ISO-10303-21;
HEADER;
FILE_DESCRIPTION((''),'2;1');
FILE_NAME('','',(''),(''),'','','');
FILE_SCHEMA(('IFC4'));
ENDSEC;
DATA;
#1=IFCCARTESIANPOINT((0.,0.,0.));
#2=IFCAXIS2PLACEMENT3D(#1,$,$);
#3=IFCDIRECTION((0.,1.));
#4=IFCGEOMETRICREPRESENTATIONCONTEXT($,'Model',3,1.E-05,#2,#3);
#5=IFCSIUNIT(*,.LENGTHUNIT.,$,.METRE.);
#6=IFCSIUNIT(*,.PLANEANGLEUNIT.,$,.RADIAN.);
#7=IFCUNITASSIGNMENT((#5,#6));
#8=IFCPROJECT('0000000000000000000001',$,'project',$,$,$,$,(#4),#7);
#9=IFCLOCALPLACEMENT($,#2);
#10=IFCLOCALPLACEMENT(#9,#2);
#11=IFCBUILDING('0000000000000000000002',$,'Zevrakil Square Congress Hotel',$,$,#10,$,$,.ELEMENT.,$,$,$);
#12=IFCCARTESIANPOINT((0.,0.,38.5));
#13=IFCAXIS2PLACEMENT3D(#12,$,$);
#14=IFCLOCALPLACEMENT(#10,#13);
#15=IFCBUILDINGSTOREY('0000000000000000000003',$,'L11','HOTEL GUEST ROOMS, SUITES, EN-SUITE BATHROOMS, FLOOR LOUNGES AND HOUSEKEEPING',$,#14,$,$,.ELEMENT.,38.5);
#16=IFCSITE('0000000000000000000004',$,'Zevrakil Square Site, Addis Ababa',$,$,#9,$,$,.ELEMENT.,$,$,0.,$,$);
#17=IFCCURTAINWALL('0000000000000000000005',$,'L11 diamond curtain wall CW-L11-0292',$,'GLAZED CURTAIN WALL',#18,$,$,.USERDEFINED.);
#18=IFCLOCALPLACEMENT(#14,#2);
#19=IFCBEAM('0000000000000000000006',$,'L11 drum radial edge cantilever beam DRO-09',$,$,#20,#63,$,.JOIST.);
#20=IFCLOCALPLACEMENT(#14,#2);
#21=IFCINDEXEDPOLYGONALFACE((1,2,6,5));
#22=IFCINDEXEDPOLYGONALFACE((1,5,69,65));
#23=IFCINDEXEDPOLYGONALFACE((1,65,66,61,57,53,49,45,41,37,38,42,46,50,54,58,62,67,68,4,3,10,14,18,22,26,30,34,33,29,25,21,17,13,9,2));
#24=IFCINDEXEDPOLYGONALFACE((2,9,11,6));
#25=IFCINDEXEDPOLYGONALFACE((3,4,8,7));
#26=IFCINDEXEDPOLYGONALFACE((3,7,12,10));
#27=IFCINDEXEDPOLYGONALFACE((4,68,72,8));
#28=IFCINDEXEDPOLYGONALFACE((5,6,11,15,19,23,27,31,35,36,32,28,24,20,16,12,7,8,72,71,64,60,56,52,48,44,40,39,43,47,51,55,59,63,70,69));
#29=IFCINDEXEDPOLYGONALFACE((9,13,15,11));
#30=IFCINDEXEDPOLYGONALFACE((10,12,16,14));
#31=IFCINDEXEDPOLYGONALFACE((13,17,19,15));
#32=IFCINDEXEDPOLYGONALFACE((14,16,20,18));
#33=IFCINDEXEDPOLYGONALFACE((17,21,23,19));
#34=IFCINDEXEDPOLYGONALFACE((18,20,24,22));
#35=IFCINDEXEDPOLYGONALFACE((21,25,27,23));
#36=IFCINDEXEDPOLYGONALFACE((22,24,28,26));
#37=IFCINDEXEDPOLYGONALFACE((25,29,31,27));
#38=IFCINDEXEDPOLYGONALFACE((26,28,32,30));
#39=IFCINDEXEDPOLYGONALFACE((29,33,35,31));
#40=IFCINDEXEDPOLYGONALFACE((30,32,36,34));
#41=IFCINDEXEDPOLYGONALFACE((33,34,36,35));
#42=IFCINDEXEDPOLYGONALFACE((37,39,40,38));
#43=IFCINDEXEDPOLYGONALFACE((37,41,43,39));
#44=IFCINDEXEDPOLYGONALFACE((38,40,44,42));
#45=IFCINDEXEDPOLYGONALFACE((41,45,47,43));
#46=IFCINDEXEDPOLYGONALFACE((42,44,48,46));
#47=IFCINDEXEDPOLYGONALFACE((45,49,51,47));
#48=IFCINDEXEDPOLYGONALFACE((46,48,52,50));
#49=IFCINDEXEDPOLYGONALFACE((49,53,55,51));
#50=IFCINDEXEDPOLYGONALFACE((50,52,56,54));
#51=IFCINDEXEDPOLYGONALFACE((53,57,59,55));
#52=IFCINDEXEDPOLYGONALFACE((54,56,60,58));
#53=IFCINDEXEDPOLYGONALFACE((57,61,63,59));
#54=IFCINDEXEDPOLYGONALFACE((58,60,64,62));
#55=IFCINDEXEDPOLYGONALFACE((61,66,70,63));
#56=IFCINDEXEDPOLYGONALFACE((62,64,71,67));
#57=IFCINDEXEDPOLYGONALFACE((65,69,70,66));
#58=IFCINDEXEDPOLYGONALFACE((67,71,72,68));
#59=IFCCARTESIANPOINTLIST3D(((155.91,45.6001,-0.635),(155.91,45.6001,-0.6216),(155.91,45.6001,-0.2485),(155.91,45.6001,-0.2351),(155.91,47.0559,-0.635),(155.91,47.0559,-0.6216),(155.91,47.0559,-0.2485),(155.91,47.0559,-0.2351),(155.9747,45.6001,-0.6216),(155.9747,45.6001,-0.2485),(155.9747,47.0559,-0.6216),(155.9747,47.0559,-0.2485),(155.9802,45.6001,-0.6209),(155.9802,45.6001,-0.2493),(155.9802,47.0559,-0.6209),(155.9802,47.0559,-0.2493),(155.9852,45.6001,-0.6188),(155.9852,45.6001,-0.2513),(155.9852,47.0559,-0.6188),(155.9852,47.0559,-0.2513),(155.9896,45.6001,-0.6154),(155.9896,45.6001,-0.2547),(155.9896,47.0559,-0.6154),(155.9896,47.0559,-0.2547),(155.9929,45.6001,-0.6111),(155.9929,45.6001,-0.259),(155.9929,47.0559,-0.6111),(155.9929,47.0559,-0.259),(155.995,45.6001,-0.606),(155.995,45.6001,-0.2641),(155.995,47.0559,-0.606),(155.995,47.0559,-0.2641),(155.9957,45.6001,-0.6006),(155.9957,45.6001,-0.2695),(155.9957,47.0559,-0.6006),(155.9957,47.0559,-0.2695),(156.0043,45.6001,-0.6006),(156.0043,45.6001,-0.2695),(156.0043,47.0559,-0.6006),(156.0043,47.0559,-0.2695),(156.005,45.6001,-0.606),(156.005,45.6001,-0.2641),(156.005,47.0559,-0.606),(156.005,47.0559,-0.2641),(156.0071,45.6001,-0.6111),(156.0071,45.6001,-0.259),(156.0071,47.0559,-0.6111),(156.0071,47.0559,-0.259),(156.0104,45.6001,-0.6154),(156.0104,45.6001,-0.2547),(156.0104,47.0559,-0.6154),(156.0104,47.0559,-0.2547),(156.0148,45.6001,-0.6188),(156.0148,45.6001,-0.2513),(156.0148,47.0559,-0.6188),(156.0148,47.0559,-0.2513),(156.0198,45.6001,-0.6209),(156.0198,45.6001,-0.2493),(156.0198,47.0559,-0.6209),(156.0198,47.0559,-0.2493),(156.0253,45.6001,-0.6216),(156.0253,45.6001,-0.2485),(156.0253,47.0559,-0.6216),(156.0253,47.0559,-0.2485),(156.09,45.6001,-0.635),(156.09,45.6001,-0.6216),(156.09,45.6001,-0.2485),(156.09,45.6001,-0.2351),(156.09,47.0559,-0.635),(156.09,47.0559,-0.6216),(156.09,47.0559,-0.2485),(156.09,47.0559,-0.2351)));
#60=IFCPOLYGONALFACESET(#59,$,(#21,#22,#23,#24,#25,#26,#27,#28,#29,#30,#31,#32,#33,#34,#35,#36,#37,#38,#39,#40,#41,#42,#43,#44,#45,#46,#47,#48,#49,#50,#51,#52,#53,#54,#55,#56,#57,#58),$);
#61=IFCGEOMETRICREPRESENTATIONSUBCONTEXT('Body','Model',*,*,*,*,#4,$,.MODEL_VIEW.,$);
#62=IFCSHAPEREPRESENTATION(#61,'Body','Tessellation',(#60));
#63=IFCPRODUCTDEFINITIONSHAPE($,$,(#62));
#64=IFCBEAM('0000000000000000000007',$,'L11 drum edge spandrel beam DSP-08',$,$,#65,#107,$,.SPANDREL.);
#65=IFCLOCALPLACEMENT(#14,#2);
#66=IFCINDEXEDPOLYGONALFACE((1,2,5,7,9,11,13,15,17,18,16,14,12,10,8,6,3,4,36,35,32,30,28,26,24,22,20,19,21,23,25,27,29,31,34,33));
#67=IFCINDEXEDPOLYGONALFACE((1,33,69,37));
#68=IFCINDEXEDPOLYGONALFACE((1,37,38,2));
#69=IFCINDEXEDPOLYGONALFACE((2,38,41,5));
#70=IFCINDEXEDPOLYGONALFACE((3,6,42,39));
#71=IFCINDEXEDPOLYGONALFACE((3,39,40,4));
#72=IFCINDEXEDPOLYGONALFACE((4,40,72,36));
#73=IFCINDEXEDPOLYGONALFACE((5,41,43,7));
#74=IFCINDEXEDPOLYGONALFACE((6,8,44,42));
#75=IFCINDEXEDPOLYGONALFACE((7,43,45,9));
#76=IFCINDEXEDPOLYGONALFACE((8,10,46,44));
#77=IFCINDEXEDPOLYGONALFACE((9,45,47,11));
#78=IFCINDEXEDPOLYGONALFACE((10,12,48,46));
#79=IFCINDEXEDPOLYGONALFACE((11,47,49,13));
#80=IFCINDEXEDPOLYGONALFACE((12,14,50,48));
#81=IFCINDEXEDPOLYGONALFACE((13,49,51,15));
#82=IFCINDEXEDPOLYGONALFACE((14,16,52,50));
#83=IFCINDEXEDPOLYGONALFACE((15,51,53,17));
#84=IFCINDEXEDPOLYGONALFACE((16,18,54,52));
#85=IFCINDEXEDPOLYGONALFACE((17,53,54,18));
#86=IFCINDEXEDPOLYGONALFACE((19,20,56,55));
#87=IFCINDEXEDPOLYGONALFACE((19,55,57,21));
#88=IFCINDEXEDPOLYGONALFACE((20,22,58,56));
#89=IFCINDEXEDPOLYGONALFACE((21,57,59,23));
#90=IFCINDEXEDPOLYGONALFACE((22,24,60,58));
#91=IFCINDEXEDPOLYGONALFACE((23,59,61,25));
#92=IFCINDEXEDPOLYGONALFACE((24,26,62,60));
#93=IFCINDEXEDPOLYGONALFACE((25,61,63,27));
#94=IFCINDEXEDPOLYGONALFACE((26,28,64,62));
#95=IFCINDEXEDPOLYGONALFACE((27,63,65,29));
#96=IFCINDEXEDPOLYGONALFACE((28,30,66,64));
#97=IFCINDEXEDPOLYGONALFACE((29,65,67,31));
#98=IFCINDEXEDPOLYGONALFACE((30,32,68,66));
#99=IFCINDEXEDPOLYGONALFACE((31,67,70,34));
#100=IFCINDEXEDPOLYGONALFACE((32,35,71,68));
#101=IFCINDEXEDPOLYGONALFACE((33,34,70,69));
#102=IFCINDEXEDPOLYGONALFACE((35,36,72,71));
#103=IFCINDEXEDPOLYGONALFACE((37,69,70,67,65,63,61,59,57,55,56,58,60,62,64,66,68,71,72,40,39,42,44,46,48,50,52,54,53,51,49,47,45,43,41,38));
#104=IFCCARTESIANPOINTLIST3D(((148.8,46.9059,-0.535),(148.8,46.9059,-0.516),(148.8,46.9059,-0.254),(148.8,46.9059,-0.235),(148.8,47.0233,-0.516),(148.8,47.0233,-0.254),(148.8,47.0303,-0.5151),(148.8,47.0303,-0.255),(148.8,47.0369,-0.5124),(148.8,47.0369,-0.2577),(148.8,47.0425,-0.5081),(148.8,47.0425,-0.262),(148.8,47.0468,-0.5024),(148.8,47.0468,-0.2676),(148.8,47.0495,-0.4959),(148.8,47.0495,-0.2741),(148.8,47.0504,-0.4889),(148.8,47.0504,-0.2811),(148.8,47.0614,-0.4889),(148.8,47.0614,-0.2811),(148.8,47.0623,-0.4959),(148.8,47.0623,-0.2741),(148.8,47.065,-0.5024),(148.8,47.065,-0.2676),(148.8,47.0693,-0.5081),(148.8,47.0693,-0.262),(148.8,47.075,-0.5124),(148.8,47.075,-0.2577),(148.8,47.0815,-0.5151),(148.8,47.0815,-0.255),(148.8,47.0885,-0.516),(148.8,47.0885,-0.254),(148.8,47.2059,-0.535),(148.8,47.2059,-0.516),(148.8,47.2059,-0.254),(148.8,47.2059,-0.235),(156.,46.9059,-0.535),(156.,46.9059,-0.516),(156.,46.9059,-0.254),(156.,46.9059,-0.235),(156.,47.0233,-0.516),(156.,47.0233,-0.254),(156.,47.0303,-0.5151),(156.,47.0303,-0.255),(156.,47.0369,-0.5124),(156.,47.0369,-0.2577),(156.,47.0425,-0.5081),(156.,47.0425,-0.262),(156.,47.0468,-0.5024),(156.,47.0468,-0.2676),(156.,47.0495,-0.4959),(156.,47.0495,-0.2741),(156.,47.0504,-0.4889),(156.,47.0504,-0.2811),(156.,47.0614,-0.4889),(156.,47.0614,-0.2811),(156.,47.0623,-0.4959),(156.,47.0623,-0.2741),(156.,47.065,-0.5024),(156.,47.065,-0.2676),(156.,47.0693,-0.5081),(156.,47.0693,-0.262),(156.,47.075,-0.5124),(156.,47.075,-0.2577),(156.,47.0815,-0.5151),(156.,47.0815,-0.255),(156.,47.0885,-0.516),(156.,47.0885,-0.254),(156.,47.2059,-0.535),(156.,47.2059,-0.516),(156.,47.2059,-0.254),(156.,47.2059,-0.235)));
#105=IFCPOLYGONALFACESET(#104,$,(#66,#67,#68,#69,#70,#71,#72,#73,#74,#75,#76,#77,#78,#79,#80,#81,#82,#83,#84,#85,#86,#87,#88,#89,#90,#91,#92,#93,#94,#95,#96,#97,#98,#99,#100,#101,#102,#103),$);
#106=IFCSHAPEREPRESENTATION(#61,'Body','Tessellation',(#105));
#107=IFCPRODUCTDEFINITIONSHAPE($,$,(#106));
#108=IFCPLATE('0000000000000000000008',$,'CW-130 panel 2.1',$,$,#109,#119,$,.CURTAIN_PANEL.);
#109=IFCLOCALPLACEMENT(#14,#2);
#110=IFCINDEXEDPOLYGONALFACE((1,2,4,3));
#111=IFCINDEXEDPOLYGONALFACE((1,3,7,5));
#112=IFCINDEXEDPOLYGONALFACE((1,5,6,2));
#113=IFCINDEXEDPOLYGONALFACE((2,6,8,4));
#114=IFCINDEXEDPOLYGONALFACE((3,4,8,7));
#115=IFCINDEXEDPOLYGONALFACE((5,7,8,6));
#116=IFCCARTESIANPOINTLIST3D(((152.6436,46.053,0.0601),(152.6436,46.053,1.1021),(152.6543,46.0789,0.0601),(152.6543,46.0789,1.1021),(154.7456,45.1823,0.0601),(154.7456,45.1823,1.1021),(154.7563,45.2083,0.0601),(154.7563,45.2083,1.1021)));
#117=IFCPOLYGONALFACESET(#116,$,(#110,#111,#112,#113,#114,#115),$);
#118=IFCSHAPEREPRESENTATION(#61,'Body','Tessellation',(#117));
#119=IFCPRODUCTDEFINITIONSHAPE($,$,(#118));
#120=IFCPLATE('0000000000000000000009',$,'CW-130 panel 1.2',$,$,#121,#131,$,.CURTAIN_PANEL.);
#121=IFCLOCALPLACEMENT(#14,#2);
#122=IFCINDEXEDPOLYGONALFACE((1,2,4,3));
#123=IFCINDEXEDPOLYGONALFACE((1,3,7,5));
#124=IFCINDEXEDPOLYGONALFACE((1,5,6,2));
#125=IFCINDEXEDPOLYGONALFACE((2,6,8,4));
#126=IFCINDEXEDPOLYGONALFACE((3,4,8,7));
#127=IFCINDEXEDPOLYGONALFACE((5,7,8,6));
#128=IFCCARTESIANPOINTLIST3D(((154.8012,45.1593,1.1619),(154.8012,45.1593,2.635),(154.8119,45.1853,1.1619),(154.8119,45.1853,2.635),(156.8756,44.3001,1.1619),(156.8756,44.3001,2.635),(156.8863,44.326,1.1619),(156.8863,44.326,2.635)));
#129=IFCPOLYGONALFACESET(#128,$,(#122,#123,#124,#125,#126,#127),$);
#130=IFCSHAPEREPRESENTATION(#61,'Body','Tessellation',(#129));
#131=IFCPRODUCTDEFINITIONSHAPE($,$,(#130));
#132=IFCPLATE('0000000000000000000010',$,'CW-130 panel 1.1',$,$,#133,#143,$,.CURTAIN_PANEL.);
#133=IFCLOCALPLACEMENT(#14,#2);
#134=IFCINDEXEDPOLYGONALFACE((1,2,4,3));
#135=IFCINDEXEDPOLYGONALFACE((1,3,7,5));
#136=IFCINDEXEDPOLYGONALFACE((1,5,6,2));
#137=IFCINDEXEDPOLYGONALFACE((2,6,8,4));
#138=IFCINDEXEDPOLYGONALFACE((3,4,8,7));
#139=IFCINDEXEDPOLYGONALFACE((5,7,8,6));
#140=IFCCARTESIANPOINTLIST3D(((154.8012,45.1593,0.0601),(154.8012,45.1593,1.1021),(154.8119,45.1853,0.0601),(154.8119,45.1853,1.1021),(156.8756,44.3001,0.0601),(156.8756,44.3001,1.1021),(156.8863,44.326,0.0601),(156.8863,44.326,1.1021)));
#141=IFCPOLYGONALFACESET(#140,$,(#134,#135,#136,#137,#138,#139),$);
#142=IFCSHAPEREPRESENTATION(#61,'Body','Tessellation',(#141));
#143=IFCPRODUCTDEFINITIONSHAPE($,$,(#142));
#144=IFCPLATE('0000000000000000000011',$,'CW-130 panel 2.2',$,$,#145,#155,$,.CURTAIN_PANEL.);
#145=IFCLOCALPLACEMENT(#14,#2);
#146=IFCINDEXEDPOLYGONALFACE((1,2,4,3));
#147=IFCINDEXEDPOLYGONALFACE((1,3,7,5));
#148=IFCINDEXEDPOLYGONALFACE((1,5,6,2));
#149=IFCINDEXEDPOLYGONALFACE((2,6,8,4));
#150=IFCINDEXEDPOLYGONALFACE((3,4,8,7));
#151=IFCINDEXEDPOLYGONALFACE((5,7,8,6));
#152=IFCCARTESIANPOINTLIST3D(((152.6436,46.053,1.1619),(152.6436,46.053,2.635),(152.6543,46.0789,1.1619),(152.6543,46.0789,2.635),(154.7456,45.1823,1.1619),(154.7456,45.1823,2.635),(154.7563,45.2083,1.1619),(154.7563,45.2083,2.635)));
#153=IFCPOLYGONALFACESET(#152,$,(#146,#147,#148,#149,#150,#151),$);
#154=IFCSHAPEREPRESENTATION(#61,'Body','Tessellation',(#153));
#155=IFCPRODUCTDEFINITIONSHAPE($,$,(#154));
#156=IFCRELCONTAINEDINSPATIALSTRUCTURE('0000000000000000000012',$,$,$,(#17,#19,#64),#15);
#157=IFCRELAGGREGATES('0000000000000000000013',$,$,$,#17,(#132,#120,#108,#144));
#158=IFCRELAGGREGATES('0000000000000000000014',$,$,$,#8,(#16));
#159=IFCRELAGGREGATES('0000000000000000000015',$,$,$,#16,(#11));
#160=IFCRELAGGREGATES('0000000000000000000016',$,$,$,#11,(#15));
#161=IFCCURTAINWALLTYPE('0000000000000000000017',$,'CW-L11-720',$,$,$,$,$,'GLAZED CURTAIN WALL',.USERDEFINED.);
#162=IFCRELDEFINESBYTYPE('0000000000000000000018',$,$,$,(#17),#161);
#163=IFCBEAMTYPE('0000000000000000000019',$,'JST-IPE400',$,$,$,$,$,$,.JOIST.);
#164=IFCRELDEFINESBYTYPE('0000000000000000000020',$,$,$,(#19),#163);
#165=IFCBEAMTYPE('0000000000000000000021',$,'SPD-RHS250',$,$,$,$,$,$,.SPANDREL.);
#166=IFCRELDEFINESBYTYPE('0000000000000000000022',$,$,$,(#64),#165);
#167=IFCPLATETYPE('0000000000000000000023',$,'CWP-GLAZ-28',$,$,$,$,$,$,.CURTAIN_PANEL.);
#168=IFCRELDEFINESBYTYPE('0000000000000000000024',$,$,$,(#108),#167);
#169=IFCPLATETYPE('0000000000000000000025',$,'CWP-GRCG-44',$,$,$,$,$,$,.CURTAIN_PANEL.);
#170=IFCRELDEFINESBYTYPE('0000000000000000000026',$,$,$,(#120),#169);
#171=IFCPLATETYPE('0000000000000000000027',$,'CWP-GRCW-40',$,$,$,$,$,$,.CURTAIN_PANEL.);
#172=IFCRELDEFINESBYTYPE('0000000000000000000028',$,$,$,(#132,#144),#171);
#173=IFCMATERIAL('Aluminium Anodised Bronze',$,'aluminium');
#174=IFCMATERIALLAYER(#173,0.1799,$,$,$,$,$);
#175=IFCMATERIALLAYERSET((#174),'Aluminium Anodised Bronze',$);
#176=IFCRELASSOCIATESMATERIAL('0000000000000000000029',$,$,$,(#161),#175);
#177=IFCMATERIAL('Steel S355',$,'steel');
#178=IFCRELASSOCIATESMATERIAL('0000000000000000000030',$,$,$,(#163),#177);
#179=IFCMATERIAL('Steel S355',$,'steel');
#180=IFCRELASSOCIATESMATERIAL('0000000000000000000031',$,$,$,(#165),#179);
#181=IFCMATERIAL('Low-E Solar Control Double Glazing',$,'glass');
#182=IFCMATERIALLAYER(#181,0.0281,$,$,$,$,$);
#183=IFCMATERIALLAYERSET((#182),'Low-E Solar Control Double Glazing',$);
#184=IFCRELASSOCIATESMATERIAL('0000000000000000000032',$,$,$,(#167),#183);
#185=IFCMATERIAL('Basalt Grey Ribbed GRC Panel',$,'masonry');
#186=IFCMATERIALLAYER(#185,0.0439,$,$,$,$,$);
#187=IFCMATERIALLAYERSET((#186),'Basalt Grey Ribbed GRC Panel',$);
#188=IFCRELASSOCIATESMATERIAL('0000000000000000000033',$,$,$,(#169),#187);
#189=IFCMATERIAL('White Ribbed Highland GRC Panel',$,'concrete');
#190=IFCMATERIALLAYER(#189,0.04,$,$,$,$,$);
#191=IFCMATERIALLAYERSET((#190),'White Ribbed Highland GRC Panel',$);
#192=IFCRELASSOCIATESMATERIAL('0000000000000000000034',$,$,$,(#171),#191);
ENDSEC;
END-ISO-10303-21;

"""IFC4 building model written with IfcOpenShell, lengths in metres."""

from ifc_helpers import new_model, si_unit, direction, frame, origin, origin_2d, place, context, subcontext, project, spatial, rectangle, i_section, extrude, material, layer, layer_set, material_profile, profile_set, type_object, element, aggregate, save


model = new_model("IFC4")

# Units and contexts
model_context = context("Model", 3, precision=1e-05, world=origin(), true_north=direction((0.0, 1.0)))
body_context = subcontext(model_context, "Body", "Model", "MODEL_VIEW")
ifc_project = project(units=[si_unit("LENGTHUNIT", "METRE"), si_unit("PLANEANGLEUNIT", "RADIAN")], contexts=[model_context])

# Site, building, storey
site_placement = place(None, origin())
site = spatial("IfcSite", under=ifc_project, at=site_placement, Name="Zevrakil Square Site, Addis Ababa", CompositionType="ELEMENT", RefElevation=0.0)
building_placement = place(site_placement, origin())
building = spatial("IfcBuilding", under=site, at=building_placement, Name="Zevrakil Square Congress Hotel", CompositionType="ELEMENT")
storey_placement = place(building_placement, frame((0.0, 0.0, 38.5)))
storey = spatial("IfcBuildingStorey", under=building, at=storey_placement, Name="L11", Description="HOTEL GUEST ROOMS, SUITES, EN-SUITE BATHROOMS, FLOOR LOUNGES AND HOUSEKEEPING", CompositionType="ELEMENT", Elevation=38.5)

# Curtain wall
ifc_material_1 = material(Name="Aluminium Anodised Bronze", Category="aluminium")
ifc_layer_1 = layer(ifc_material_1, 0.1799)
ifc_layer_set_1 = layer_set([ifc_layer_1], Name="Aluminium Anodised Bronze")
curtain_wall_type = type_object("IfcCurtainWallType", Name="CW-L11-720", ElementType="GLAZED CURTAIN WALL", PredefinedType="USERDEFINED", material=ifc_layer_set_1)
curtain_wall_placement = place(storey_placement, origin())
curtain_wall = element("IfcCurtainWall", 1, at=curtain_wall_placement, inside=storey, type_object=curtain_wall_type, Name="L11 diamond curtain wall CW-L11-0292", ObjectType="GLAZED CURTAIN WALL", PredefinedType="USERDEFINED")

# Beams
ifc_material_2 = material(Name="Steel S355", Category="steel")
ifc_material_profile_1 = material_profile(ifc_material_2, i_section(OverallWidth=0.1799, OverallDepth=0.3999, WebThickness=0.0085, FlangeThickness=0.0134, FilletRadius=0.021, at=origin_2d()), Name="IPE 400")
ifc_profile_set_1 = profile_set([ifc_material_profile_1], Name="Steel S355")
beam_type_1 = type_object("IfcBeamType", Name="JST-IPE400", PredefinedType="JOIST", material=ifc_profile_set_1)
beam_1_placement = place(storey_placement, frame((156.0, 45.6001, -0.4351), z_axis=(0.0, 1.0, 0.0), x_axis=(-1.0, 0.0, 0.0)))
element("IfcBeam", 2, at=beam_1_placement, inside=storey, type_object=beam_type_1, Name="L11 drum radial edge cantilever beam DRO-09", PredefinedType="JOIST", context=body_context, shape_type="SweptSolid", body=[
    extrude(i_section(OverallWidth=0.1799, OverallDepth=0.3999, WebThickness=0.0085, FlangeThickness=0.0134, FilletRadius=0.021, at=origin_2d()), origin(), (0.0, 0.0, 1.0), 1.4558),
])
ifc_material_3 = material(Name="Steel S355", Category="steel")
ifc_material_profile_2 = material_profile(ifc_material_3, i_section(OverallWidth=0.3, OverallDepth=0.3, WebThickness=0.011, FlangeThickness=0.019, FilletRadius=0.0271, at=origin_2d()), Name="HEB 300")
ifc_profile_set_2 = profile_set([ifc_material_profile_2], Name="Steel S355")
beam_type_2 = type_object("IfcBeamType", Name="SPD-RHS250", PredefinedType="SPANDREL", material=ifc_profile_set_2)
beam_2_placement = place(storey_placement, frame((156.0, 47.0559, -0.385), z_axis=(-1.0, 0.0, 0.0), x_axis=(0.0, -1.0, 0.0)))
element("IfcBeam", 3, at=beam_2_placement, inside=storey, type_object=beam_type_2, Name="L11 drum edge spandrel beam DSP-08", PredefinedType="SPANDREL", context=body_context, shape_type="SweptSolid", body=[
    extrude(i_section(OverallWidth=0.3, OverallDepth=0.3, WebThickness=0.011, FlangeThickness=0.019, FilletRadius=0.0271, at=origin_2d()), origin(), (0.0, 0.0, 1.0), 7.2),
])

# Plates
ifc_material_4 = material(Name="Low-E Solar Control Double Glazing", Category="glass")
ifc_layer_2 = layer(ifc_material_4, 0.0281)
ifc_layer_set_2 = layer_set([ifc_layer_2], Name="Low-E Solar Control Double Glazing")
plate_type_1 = type_object("IfcPlateType", Name="CWP-GLAZ-28", PredefinedType="CURTAIN_PANEL", material=ifc_layer_set_2)
plate_1_placement = place(storey_placement, frame((153.7, 45.6306, 0.0601), z_axis=(0.0, 0.0, 1.0), x_axis=(-0.923879, 0.382684, 0.0)))
plate_1 = element("IfcPlate", 4, at=plate_1_placement, type_object=plate_type_1, Name="CW-130 panel 2.1", PredefinedType="CURTAIN_PANEL", context=body_context, shape_type="SweptSolid", body=[
    extrude(rectangle(XDim=2.2751, YDim=0.0281, at=origin_2d()), origin(), (0.0, 0.0, 1.0), 1.042),
])
ifc_material_5 = material(Name="Basalt Grey Ribbed GRC Panel", Category="masonry")
ifc_layer_3 = layer(ifc_material_5, 0.0439)
ifc_layer_set_3 = layer_set([ifc_layer_3], Name="Basalt Grey Ribbed GRC Panel")
plate_type_2 = type_object("IfcPlateType", Name="CWP-GRCG-44", PredefinedType="CURTAIN_PANEL", material=ifc_layer_set_3)
plate_2_placement = place(storey_placement, frame((155.8438, 44.7427, 1.1619), z_axis=(0.0, 0.0, 1.0), x_axis=(-0.923879, 0.382684, 0.0)))
plate_2 = element("IfcPlate", 5, at=plate_2_placement, type_object=plate_type_2, Name="CW-130 panel 1.2", PredefinedType="CURTAIN_PANEL", context=body_context, shape_type="SweptSolid", body=[
    extrude(rectangle(XDim=2.2454, YDim=0.0281, at=origin_2d()), origin(), (0.0, 0.0, 1.0), 1.4731),
])
ifc_material_6 = material(Name="White Ribbed Highland GRC Panel", Category="concrete")
ifc_layer_4 = layer(ifc_material_6, 0.04)
ifc_layer_set_4 = layer_set([ifc_layer_4], Name="White Ribbed Highland GRC Panel")
plate_type_3 = type_object("IfcPlateType", Name="CWP-GRCW-40", PredefinedType="CURTAIN_PANEL", material=ifc_layer_set_4)
plate_3_placement = place(storey_placement, frame((155.8438, 44.7427, 0.0601), z_axis=(0.0, 0.0, 1.0), x_axis=(-0.923879, 0.382684, 0.0)))
plate_3 = element("IfcPlate", 6, at=plate_3_placement, type_object=plate_type_3, Name="CW-130 panel 1.1", PredefinedType="CURTAIN_PANEL", context=body_context, shape_type="SweptSolid", body=[
    extrude(rectangle(XDim=2.2454, YDim=0.0281, at=origin_2d()), origin(), (0.0, 0.0, 1.0), 1.042),
])
plate_4_placement = place(storey_placement, frame((153.7, 45.6306, 1.1619), z_axis=(0.0, 0.0, 1.0), x_axis=(-0.923879, 0.382684, 0.0)))
plate_4 = element("IfcPlate", 7, at=plate_4_placement, type_object=plate_type_3, Name="CW-130 panel 2.2", PredefinedType="CURTAIN_PANEL", context=body_context, shape_type="SweptSolid", body=[
    extrude(rectangle(XDim=2.2751, YDim=0.0281, at=origin_2d()), origin(), (0.0, 0.0, 1.0), 1.4731),
])
aggregate(curtain_wall, [plate_3, plate_2, plate_1, plate_4])

save(model, "model.ifc")
